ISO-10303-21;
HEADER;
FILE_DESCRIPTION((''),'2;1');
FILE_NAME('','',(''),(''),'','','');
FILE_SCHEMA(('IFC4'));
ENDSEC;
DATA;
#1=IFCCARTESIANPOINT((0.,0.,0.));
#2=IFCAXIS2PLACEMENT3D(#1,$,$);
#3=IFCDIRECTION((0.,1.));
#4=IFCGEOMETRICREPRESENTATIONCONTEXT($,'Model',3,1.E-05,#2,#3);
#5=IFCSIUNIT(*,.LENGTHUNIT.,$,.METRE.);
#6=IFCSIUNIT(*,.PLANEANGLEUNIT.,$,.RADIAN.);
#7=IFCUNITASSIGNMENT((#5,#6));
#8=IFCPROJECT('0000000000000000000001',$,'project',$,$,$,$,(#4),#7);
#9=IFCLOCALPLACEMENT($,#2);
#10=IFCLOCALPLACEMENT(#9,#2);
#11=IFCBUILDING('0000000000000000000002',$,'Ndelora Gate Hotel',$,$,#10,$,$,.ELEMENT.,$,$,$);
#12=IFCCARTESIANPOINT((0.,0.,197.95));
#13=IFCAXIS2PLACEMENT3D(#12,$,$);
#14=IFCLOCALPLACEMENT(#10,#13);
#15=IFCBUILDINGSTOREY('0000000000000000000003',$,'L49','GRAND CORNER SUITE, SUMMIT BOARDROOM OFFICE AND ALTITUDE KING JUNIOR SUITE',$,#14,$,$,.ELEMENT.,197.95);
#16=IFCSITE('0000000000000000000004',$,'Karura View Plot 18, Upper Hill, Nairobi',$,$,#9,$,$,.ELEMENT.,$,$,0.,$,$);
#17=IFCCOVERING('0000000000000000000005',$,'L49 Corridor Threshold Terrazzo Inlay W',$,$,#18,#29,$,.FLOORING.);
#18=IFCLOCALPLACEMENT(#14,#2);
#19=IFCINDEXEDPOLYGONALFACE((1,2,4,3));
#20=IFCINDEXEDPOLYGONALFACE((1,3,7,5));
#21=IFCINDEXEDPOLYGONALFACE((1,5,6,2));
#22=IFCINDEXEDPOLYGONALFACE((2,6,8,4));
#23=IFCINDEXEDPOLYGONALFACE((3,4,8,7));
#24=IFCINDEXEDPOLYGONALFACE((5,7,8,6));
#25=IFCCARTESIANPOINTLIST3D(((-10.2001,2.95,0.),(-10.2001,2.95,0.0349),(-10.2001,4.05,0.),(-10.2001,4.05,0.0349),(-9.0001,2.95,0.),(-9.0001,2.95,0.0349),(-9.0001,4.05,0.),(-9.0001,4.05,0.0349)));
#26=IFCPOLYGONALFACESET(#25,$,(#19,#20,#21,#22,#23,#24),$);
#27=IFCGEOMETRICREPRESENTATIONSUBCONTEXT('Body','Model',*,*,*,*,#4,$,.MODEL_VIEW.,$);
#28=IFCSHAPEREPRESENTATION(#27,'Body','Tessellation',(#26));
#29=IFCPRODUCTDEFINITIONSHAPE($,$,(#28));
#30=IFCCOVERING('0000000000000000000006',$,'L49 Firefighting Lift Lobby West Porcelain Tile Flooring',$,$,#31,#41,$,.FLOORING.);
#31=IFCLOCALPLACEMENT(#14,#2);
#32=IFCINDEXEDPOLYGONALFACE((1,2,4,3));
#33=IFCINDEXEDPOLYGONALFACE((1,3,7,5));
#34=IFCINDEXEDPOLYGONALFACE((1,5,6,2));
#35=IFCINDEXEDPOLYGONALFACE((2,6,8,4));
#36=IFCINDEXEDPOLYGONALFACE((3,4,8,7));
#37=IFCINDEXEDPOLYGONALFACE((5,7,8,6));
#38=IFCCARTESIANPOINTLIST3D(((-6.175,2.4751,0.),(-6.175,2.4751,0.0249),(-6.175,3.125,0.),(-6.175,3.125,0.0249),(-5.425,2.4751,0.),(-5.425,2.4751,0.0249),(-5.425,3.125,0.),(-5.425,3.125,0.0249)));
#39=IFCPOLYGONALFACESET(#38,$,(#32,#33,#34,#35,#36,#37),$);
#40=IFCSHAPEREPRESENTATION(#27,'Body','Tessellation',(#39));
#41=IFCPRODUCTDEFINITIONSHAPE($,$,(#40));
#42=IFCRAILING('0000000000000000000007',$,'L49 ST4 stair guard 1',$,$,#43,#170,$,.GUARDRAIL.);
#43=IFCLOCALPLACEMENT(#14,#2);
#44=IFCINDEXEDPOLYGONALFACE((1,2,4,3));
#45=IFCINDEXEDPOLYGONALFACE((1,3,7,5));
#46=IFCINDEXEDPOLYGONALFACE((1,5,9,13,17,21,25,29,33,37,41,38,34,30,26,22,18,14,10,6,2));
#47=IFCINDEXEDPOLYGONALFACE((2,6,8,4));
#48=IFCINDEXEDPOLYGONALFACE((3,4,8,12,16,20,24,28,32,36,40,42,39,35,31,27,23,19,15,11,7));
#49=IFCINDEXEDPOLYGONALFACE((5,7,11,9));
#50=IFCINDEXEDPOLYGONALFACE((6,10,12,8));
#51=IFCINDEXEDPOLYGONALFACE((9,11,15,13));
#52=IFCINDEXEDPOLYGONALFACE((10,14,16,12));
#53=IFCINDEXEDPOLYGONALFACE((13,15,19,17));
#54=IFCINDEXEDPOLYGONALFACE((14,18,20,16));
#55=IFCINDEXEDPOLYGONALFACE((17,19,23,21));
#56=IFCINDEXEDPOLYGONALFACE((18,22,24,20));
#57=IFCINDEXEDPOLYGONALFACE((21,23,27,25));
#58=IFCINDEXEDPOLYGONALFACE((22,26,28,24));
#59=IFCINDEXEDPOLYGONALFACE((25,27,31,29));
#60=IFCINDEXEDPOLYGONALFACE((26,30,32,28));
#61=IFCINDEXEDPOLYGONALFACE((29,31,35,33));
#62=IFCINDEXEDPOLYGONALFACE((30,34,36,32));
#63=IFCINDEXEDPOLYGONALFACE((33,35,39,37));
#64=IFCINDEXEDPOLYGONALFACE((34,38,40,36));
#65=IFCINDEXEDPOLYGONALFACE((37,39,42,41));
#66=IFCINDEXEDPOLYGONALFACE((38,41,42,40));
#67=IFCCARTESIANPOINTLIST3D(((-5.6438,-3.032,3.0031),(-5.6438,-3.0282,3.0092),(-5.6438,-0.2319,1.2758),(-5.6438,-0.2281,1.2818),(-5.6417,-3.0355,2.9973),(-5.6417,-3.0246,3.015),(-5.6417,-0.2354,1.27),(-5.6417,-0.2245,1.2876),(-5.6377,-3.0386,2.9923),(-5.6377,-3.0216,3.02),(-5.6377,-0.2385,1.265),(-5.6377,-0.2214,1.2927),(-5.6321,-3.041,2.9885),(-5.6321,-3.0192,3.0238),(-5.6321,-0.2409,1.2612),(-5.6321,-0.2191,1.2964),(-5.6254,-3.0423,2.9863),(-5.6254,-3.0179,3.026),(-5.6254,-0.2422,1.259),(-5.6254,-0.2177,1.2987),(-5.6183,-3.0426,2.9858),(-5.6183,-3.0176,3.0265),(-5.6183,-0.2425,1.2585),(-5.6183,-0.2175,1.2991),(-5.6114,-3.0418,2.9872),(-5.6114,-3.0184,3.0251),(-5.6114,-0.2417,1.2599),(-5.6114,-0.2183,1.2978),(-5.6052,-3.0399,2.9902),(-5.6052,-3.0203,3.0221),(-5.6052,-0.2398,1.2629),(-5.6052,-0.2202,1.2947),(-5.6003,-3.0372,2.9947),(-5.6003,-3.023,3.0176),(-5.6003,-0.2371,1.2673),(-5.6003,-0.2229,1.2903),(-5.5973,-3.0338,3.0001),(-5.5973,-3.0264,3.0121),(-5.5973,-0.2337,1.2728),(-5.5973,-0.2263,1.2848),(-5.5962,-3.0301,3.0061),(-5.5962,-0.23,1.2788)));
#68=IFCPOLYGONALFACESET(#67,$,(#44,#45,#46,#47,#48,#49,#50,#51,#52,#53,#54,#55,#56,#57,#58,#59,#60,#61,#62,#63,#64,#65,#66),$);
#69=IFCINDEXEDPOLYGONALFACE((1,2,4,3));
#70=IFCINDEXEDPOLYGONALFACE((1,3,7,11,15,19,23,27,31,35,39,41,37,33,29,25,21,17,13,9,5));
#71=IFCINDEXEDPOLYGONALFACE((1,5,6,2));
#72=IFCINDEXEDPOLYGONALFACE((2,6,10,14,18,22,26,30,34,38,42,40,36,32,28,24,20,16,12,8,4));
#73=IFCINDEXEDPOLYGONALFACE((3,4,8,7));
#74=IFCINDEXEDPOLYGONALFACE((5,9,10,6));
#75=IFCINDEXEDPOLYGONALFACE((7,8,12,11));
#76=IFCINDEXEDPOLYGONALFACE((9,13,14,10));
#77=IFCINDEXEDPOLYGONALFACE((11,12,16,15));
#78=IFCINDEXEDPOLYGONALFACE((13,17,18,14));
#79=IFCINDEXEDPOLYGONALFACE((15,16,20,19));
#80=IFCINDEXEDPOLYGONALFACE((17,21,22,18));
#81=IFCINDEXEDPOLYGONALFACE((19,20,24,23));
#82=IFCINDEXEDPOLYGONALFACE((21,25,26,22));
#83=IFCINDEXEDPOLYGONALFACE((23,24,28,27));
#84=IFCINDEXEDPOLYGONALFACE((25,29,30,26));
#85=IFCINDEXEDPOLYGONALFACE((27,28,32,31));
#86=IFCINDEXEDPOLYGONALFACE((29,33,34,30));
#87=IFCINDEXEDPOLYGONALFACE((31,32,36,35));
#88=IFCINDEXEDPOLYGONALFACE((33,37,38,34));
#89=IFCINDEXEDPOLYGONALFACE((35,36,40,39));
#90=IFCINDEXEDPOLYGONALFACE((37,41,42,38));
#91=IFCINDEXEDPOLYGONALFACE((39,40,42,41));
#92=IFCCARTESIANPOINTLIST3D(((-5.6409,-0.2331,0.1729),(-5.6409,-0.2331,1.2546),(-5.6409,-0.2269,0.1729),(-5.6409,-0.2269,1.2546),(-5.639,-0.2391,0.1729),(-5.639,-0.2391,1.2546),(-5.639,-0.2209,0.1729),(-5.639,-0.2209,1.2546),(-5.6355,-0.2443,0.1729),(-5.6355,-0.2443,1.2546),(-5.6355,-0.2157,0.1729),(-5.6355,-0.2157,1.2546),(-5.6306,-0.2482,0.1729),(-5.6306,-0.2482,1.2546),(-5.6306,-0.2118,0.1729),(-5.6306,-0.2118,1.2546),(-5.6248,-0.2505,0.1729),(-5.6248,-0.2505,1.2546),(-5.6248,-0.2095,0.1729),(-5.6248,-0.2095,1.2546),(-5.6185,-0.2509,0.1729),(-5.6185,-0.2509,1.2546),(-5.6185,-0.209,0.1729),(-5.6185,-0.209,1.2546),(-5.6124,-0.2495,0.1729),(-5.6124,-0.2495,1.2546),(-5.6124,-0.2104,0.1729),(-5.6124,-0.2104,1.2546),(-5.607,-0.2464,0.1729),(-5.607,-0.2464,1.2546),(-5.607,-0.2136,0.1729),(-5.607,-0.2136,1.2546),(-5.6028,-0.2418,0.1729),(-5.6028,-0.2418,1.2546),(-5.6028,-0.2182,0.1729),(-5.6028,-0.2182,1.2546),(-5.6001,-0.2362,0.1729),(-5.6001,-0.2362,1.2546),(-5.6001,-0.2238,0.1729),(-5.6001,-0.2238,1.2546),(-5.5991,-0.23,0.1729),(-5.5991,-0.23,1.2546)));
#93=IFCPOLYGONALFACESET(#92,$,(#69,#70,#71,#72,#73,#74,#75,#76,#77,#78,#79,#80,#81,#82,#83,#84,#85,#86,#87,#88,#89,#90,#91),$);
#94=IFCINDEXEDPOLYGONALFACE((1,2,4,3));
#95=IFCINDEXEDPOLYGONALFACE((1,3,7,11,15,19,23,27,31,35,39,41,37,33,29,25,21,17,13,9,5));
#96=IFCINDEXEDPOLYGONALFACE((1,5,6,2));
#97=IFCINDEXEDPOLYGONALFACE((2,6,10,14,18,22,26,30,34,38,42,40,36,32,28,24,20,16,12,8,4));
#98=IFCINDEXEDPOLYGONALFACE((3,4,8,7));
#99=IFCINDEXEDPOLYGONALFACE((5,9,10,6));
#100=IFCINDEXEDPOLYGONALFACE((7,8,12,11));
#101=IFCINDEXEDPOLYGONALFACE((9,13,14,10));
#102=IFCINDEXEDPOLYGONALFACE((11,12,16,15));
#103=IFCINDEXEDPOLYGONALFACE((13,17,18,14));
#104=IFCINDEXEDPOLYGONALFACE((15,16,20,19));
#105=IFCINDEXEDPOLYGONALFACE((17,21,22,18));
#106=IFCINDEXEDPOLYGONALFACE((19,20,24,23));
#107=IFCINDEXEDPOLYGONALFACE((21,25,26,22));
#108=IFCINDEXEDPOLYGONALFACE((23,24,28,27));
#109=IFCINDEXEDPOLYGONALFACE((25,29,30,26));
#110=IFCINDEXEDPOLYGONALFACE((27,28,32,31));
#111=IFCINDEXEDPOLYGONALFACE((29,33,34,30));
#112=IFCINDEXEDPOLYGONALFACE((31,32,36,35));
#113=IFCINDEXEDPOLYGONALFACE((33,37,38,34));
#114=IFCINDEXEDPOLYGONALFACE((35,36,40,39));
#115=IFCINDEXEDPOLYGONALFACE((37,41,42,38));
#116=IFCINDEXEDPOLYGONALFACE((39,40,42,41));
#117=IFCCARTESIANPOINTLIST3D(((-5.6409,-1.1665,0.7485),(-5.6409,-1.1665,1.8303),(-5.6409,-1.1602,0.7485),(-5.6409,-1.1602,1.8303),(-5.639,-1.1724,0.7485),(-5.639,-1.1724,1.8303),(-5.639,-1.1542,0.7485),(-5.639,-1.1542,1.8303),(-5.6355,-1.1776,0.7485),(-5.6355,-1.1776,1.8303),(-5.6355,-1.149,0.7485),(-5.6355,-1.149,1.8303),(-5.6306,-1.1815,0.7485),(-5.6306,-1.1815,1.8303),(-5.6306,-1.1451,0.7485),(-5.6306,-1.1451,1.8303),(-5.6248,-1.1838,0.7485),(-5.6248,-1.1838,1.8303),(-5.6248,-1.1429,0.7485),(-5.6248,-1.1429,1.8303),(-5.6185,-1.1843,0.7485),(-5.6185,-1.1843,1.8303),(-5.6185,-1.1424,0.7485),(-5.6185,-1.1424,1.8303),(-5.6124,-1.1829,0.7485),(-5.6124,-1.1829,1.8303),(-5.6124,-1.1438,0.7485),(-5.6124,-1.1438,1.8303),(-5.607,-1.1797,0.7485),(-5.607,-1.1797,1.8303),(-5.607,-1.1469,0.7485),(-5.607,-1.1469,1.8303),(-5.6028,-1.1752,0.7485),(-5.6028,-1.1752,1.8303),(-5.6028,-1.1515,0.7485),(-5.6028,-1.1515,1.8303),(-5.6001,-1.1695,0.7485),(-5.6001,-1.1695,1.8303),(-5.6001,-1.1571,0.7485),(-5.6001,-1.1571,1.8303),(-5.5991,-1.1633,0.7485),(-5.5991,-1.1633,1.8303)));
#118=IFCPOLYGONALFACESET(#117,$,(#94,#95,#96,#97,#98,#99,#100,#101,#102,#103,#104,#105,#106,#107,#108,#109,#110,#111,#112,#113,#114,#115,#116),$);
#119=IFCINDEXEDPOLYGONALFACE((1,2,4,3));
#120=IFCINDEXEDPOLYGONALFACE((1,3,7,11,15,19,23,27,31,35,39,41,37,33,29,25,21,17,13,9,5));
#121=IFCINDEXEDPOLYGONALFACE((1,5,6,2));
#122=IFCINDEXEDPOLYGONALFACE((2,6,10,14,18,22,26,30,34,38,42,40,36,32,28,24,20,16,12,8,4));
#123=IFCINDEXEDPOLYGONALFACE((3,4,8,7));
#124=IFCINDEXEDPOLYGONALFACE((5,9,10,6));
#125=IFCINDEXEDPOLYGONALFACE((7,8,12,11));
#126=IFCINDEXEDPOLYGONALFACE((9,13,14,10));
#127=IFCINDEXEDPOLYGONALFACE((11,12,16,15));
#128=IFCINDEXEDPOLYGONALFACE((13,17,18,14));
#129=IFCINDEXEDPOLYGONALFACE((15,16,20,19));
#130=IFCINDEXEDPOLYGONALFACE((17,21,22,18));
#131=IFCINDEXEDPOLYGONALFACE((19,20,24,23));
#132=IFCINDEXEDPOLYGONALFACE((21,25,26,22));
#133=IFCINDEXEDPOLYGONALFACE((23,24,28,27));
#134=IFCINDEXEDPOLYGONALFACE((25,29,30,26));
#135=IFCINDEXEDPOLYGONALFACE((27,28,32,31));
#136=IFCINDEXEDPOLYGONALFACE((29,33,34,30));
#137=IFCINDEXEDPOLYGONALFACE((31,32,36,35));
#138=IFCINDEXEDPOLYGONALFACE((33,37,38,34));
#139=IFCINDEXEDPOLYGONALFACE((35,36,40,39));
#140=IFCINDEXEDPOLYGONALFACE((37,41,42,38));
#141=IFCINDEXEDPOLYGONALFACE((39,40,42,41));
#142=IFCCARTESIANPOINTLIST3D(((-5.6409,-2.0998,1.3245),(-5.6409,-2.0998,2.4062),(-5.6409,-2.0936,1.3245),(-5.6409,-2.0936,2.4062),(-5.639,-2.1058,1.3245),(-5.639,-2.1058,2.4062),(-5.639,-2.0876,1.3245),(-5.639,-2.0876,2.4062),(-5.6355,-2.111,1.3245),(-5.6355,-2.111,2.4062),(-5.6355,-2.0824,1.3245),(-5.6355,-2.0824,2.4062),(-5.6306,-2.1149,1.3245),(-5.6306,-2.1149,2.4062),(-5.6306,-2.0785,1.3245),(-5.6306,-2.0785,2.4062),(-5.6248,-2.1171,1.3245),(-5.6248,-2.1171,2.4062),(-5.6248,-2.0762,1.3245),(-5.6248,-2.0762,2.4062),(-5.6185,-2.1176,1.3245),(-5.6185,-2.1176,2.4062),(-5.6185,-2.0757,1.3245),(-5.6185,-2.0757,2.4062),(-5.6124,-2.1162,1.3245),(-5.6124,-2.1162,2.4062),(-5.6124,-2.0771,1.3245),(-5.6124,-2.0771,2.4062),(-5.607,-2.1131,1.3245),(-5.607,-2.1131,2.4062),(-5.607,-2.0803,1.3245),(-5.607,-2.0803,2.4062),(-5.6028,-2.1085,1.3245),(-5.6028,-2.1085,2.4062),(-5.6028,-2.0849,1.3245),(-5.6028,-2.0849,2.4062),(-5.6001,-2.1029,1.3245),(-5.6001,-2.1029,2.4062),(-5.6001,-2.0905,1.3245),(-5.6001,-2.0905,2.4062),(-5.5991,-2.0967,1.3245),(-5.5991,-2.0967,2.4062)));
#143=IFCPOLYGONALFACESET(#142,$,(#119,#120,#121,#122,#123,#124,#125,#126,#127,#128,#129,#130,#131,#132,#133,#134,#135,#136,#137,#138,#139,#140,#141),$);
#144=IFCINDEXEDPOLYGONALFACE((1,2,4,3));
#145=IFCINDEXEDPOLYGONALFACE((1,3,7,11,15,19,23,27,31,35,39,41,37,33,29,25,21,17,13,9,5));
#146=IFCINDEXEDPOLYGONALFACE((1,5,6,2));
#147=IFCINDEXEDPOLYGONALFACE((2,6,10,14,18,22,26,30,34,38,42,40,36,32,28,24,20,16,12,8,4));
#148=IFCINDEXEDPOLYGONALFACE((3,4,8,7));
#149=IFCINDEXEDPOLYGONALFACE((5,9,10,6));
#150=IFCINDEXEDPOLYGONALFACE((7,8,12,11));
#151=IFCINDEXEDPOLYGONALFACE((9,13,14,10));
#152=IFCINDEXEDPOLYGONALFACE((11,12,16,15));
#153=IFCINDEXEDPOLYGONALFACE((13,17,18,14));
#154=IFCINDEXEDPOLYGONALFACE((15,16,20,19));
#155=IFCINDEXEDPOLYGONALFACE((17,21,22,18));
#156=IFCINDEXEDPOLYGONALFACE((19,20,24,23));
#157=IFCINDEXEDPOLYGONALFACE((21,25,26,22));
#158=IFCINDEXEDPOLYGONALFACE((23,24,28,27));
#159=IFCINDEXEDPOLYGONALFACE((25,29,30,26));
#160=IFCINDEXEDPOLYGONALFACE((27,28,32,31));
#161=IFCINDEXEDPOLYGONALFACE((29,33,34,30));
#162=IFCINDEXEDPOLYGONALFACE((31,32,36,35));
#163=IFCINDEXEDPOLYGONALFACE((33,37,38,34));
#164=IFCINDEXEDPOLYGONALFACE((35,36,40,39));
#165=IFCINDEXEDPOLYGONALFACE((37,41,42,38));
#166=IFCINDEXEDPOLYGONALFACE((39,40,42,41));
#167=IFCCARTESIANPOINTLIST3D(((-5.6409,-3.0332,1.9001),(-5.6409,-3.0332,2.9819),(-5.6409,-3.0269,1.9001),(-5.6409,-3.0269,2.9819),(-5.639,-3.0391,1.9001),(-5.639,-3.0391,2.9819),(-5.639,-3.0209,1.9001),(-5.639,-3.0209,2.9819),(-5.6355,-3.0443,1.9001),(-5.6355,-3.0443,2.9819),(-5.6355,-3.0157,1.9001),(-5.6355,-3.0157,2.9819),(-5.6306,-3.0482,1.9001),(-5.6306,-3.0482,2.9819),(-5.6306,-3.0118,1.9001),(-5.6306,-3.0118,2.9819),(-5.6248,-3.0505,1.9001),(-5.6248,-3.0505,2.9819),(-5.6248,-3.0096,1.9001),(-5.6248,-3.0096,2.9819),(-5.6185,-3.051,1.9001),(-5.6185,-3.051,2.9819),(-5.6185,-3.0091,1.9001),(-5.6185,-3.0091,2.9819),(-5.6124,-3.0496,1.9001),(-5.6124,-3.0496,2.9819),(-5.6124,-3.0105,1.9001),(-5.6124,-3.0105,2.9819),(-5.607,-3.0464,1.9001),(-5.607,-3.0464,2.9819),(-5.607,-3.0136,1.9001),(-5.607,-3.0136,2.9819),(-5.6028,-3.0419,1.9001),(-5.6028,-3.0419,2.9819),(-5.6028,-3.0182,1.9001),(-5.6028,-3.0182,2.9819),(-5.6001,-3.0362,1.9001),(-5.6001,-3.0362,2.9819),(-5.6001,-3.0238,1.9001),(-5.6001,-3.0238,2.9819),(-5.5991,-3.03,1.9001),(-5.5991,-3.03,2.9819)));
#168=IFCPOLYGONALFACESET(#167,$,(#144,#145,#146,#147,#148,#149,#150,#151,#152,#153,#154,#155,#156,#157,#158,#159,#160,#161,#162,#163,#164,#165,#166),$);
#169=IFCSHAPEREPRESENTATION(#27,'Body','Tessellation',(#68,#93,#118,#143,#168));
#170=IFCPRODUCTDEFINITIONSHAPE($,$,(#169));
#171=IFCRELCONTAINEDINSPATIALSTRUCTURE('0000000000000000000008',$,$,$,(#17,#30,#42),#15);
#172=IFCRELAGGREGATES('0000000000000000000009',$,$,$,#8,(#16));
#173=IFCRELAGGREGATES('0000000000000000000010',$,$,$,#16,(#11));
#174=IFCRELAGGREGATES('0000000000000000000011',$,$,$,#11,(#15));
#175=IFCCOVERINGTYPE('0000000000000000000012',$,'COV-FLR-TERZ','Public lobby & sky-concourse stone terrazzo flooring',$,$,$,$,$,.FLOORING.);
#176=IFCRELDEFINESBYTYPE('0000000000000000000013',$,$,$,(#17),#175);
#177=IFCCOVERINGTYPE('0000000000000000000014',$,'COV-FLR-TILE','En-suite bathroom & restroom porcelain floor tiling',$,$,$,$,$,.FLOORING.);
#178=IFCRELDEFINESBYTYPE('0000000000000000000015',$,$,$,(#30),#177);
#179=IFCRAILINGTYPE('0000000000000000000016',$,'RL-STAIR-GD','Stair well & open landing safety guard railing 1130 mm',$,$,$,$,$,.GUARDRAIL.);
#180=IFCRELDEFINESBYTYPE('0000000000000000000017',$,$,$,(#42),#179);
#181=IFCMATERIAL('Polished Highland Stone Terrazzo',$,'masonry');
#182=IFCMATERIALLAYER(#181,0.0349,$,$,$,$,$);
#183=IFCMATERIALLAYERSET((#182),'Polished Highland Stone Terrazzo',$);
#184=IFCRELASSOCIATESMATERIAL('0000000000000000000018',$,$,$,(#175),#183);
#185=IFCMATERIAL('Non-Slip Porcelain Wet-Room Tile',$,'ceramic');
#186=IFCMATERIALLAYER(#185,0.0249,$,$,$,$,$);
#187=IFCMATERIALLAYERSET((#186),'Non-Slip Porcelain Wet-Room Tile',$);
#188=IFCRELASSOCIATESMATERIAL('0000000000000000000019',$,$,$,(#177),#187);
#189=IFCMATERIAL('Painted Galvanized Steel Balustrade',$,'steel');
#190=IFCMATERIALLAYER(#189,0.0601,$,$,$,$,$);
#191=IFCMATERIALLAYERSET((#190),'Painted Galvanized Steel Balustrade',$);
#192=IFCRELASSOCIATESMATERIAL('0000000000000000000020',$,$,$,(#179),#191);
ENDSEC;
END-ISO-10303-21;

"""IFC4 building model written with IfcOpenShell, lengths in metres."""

from ifc_helpers import new_model, si_unit, direction, frame, origin, origin_2d, place, context, subcontext, project, spatial, rectangle, circle, extrude, material, layer, layer_set, type_object, element, save


model = new_model("IFC4")

# Units and contexts
model_context = context("Model", 3, precision=1e-05, world=origin(), true_north=direction((0.0, 1.0)))
body_context = subcontext(model_context, "Body", "Model", "MODEL_VIEW")
ifc_project = project(units=[si_unit("LENGTHUNIT", "METRE"), si_unit("PLANEANGLEUNIT", "RADIAN")], contexts=[model_context])

# Site, building, storey
site_placement = place(None, origin())
site = spatial("IfcSite", under=ifc_project, at=site_placement, Name="Karura View Plot 18, Upper Hill, Nairobi", CompositionType="ELEMENT", RefElevation=0.0)
building_placement = place(site_placement, origin())
building = spatial("IfcBuilding", under=site, at=building_placement, Name="Ndelora Gate Hotel", CompositionType="ELEMENT")
storey_placement = place(building_placement, frame((0.0, 0.0, 197.95)))
storey = spatial("IfcBuildingStorey", under=building, at=storey_placement, Name="L49", Description="GRAND CORNER SUITE, SUMMIT BOARDROOM OFFICE AND ALTITUDE KING JUNIOR SUITE", CompositionType="ELEMENT", Elevation=197.95)

# Coverings
ifc_material_1 = material(Name="Polished Highland Stone Terrazzo", Category="masonry")
ifc_layer_1 = layer(ifc_material_1, 0.0349)
ifc_layer_set_1 = layer_set([ifc_layer_1], Name="Polished Highland Stone Terrazzo")
covering_type_1 = type_object("IfcCoveringType", Name="COV-FLR-TERZ", Description="Public lobby & sky-concourse stone terrazzo flooring", PredefinedType="FLOORING", material=ifc_layer_set_1)
covering_1_placement = place(storey_placement, frame((-9.6001, 3.5, 0.0), z_axis=(0.0, 0.0, 1.0), x_axis=(1.0, 0.0, 0.0)))
element("IfcCovering", 1, at=covering_1_placement, inside=storey, type_object=covering_type_1, Name="L49 Corridor Threshold Terrazzo Inlay W", PredefinedType="FLOORING", context=body_context, shape_type="SweptSolid", body=[
    extrude(rectangle(XDim=1.2, YDim=1.1001, at=origin_2d()), origin(), (0.0, 0.0, 1.0), 0.0349),
])
ifc_material_2 = material(Name="Non-Slip Porcelain Wet-Room Tile", Category="ceramic")
ifc_layer_2 = layer(ifc_material_2, 0.0249)
ifc_layer_set_2 = layer_set([ifc_layer_2], Name="Non-Slip Porcelain Wet-Room Tile")
covering_type_2 = type_object("IfcCoveringType", Name="COV-FLR-TILE", Description="En-suite bathroom & restroom porcelain floor tiling", PredefinedType="FLOORING", material=ifc_layer_set_2)
covering_2_placement = place(storey_placement, frame((-5.8, 2.8, 0.0), z_axis=(0.0, 0.0, 1.0), x_axis=(1.0, 0.0, 0.0)))
element("IfcCovering", 2, at=covering_2_placement, inside=storey, type_object=covering_type_2, Name="L49 Firefighting Lift Lobby West Porcelain Tile Flooring", PredefinedType="FLOORING", context=body_context, shape_type="SweptSolid", body=[
    extrude(rectangle(XDim=0.75, YDim=0.6499, at=origin_2d()), origin(), (0.0, 0.0, 1.0), 0.0249),
])

# Railing
ifc_material_3 = material(Name="Painted Galvanized Steel Balustrade", Category="steel")
ifc_layer_3 = layer(ifc_material_3, 0.0601)
ifc_layer_set_3 = layer_set([ifc_layer_3], Name="Painted Galvanized Steel Balustrade")
railing_type_1 = type_object("IfcRailingType", Name="RL-STAIR-GD", Description="Stair well & open landing safety guard railing 1130 mm", PredefinedType="GUARDRAIL", material=ifc_layer_set_3)
railing_1_placement = place(storey_placement, frame((-5.6201, -0.23, 0.1729)))
element("IfcRailing", 3, at=railing_1_placement, inside=storey, type_object=railing_type_1, Name="L49 ST4 stair guard 1", PredefinedType="GUARDRAIL", context=body_context, shape_type="SweptSolid", body=[
    extrude(circle(Radius=0.0239, at=origin_2d()), frame((0.0, 0.0, 1.106), z_axis=(0.0, -0.85109, 0.52502), x_axis=(1.0, 0.0, 0.0)), (0.0, 0.0, 1.0), 3.29),
    extrude(circle(Radius=0.021, at=origin_2d()), origin(), (0.0, 0.0, 1.0), 1.0818),
    extrude(circle(Radius=0.021, at=origin_2d()), frame((0.0, -0.9333, 0.5757)), (0.0, 0.0, 1.0), 1.0818),
    extrude(circle(Radius=0.021, at=origin_2d()), frame((0.0, -1.8667, 1.1516)), (0.0, 0.0, 1.0), 1.0818),
    extrude(circle(Radius=0.021, at=origin_2d()), frame((0.0, -2.8, 1.7273)), (0.0, 0.0, 1.0), 1.0818),
])

save(model, "model.ifc")
